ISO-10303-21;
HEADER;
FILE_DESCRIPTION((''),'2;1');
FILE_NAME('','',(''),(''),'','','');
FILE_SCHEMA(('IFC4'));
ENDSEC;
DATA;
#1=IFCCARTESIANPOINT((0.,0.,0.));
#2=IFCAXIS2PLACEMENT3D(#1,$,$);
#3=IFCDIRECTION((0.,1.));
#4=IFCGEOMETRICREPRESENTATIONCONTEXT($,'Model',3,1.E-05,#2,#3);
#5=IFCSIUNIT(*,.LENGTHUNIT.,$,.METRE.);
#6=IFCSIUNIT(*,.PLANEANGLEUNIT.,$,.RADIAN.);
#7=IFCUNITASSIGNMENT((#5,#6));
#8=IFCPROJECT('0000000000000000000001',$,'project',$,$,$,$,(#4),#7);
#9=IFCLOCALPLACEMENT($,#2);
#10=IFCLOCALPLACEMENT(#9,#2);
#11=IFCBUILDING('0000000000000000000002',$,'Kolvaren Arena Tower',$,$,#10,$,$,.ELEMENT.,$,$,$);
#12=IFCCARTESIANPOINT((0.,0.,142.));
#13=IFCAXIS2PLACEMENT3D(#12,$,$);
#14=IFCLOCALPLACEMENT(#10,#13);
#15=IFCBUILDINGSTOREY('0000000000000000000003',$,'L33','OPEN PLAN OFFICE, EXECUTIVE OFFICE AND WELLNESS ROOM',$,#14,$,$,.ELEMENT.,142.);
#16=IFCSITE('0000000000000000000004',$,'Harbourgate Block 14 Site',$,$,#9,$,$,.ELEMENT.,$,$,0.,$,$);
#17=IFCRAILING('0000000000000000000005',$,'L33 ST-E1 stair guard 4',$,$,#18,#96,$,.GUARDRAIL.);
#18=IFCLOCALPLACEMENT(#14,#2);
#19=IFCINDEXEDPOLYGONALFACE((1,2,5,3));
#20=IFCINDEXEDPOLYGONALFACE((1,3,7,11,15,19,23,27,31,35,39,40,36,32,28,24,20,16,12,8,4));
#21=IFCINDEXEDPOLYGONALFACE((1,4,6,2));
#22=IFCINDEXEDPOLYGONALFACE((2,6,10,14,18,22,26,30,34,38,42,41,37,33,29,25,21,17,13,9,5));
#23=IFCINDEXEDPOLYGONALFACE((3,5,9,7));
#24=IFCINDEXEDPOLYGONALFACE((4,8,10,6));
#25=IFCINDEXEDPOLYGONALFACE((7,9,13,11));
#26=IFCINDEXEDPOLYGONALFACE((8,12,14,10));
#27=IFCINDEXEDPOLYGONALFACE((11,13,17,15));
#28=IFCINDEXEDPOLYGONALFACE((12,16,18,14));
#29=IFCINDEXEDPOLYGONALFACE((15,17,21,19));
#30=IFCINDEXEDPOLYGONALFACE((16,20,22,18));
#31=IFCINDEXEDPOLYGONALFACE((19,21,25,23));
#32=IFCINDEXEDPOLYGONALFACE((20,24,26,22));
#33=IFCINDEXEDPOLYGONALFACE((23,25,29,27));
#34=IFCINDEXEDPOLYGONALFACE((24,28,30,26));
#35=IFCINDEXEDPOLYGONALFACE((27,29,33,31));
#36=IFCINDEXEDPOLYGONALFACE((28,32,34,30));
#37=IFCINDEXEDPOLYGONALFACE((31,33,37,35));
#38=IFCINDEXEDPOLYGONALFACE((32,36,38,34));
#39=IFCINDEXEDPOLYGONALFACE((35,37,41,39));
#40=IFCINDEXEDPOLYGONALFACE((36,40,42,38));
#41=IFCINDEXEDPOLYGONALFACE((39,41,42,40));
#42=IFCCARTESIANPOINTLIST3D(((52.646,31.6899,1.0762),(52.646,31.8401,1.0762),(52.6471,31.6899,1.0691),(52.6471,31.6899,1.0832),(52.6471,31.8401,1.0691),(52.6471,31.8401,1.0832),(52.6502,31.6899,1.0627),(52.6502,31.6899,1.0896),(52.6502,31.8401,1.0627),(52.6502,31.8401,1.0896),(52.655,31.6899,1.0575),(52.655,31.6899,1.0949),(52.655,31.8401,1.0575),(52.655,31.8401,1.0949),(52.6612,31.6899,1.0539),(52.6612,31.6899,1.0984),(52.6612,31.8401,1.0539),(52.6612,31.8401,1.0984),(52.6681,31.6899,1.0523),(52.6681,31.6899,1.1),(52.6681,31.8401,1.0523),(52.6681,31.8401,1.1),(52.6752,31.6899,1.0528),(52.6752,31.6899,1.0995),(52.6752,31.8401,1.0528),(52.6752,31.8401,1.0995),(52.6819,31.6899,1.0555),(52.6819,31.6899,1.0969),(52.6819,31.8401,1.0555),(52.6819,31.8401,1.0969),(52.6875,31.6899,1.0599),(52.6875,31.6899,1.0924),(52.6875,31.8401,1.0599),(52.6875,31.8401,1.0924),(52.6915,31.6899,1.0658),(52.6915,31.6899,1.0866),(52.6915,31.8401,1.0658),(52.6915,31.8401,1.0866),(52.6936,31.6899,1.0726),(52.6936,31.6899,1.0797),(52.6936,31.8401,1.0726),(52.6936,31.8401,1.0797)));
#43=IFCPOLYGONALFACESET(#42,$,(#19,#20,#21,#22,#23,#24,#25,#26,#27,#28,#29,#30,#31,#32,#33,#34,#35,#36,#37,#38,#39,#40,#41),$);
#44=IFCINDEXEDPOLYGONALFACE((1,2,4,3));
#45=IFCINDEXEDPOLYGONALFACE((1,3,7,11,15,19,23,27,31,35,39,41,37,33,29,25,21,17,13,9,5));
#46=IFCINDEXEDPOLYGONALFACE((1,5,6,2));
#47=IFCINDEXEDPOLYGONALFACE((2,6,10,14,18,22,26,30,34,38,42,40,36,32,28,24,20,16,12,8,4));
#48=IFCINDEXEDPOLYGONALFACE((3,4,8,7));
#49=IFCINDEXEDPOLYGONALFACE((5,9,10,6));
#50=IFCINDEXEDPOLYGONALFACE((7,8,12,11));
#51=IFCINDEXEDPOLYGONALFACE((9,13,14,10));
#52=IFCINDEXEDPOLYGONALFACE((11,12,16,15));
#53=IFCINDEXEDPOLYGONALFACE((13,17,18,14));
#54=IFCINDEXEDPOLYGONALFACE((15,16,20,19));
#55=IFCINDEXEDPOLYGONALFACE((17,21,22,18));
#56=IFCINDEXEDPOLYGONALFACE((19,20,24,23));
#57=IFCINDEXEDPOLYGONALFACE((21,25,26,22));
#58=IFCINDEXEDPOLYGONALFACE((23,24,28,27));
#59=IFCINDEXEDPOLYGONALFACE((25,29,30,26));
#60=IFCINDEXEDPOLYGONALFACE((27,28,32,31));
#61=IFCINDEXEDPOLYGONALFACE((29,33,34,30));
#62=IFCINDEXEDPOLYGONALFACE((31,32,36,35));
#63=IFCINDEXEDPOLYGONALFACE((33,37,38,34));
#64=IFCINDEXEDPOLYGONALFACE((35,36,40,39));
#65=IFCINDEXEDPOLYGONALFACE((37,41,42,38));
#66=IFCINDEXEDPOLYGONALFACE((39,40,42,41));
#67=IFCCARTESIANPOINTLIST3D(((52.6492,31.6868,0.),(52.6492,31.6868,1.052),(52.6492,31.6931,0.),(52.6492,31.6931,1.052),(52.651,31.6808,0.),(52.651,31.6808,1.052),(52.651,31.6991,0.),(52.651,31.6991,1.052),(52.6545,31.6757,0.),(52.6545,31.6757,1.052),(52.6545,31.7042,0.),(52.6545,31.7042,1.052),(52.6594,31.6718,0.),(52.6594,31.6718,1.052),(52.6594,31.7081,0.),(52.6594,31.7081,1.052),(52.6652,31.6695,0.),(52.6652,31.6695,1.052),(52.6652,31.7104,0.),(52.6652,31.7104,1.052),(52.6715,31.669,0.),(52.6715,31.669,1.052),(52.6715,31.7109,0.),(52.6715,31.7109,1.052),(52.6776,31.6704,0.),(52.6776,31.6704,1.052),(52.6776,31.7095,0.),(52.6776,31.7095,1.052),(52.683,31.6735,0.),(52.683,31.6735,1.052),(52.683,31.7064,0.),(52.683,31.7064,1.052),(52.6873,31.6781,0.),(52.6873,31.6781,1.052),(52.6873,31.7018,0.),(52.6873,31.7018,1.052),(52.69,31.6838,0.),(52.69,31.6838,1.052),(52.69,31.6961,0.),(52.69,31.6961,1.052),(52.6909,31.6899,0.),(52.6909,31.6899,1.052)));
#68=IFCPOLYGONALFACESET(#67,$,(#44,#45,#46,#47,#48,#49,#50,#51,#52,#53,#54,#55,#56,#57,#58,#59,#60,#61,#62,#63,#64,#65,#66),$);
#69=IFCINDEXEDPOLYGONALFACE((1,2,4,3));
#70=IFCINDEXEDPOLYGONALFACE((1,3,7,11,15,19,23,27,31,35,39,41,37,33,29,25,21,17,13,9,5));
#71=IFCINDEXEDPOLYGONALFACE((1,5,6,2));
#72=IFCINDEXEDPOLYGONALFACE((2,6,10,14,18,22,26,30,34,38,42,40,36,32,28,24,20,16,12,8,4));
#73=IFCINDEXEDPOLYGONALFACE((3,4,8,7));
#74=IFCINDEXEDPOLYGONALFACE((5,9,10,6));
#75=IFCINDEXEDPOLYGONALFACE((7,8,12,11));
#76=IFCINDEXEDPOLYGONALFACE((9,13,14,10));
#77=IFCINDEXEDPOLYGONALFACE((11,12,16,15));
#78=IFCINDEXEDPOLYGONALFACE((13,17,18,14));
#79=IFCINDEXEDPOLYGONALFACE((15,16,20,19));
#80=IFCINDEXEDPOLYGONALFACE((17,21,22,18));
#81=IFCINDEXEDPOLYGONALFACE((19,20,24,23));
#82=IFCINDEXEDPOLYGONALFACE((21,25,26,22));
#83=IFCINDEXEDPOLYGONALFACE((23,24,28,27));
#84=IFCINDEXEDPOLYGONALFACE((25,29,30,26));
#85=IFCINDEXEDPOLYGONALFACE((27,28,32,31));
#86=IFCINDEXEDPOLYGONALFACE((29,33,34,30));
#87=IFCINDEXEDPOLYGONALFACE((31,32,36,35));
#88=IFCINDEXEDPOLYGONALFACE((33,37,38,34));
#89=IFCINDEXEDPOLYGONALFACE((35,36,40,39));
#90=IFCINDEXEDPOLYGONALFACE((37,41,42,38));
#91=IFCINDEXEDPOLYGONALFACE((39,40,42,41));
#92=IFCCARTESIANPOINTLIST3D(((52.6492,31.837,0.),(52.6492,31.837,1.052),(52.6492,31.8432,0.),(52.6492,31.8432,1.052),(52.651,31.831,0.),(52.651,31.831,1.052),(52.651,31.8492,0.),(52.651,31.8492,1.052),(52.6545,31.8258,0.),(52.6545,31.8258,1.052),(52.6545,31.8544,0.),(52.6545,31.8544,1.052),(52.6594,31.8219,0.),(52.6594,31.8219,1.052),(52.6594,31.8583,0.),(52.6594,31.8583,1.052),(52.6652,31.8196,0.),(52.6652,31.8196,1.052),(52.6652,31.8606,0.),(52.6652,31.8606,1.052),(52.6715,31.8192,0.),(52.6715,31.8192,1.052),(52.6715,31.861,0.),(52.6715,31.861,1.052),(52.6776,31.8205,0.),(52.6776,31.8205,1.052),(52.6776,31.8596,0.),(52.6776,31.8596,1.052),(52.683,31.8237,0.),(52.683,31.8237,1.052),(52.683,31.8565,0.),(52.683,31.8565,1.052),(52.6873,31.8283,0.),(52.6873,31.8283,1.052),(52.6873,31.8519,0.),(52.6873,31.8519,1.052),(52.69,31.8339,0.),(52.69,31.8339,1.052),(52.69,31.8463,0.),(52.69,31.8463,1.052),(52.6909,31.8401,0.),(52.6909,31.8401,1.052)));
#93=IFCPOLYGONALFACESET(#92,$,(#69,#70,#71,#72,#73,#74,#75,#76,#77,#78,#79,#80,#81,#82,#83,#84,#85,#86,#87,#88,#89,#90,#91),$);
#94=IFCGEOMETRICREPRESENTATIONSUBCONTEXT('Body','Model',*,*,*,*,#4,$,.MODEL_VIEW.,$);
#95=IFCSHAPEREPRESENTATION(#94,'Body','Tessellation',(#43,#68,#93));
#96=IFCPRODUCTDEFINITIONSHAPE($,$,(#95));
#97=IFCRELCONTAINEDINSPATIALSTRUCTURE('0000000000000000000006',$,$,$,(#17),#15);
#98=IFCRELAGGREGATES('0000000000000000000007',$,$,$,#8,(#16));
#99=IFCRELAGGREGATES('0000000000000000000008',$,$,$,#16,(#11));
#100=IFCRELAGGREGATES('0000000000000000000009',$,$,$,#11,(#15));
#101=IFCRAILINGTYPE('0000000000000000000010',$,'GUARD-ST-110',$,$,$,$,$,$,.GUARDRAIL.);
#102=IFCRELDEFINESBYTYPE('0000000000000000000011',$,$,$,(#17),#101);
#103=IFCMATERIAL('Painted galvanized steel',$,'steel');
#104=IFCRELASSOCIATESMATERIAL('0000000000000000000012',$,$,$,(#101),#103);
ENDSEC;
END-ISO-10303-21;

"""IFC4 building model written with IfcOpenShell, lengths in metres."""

from ifc_helpers import new_model, si_unit, direction, frame, origin, origin_2d, place, context, subcontext, project, spatial, circle, extrude, material, type_object, element, save


model = new_model("IFC4")

# Units and contexts
model_context = context("Model", 3, precision=1e-05, world=origin(), true_north=direction((0.0, 1.0)))
body_context = subcontext(model_context, "Body", "Model", "MODEL_VIEW")
ifc_project = project(units=[si_unit("LENGTHUNIT", "METRE"), si_unit("PLANEANGLEUNIT", "RADIAN")], contexts=[model_context])

# Site, building, storey
site_placement = place(None, origin())
site = spatial("IfcSite", under=ifc_project, at=site_placement, Name="Harbourgate Block 14 Site", CompositionType="ELEMENT", RefElevation=0.0)
building_placement = place(site_placement, origin())
building = spatial("IfcBuilding", under=site, at=building_placement, Name="Kolvaren Arena Tower", CompositionType="ELEMENT")
storey_placement = place(building_placement, frame((0.0, 0.0, 142.0)))
storey = spatial("IfcBuildingStorey", under=building, at=storey_placement, Name="L33", Description="OPEN PLAN OFFICE, EXECUTIVE OFFICE AND WELLNESS ROOM", CompositionType="ELEMENT", Elevation=142.0)

# Railing
ifc_material_1 = material(Name="Painted galvanized steel", Category="steel")
railing_type_1 = type_object("IfcRailingType", Name="GUARD-ST-110", PredefinedType="GUARDRAIL", material=ifc_material_1)
railing_1_placement = place(storey_placement, frame((52.6699, 31.6899, 0.0)))
element("IfcRailing", 1, at=railing_1_placement, inside=storey, type_object=railing_type_1, Name="L33 ST-E1 stair guard 4", PredefinedType="GUARDRAIL", context=body_context, shape_type="SweptSolid", body=[
    extrude(circle(Radius=0.0239, at=origin_2d()), frame((0.0, 0.0, 1.0762), z_axis=(0.0, 1.0, 0.0), x_axis=(-1.0, 0.0, 0.0)), (0.0, 0.0, 1.0), 0.1501),
    extrude(circle(Radius=0.021, at=origin_2d()), origin(), (0.0, 0.0, 1.0), 1.052),
    extrude(circle(Radius=0.021, at=origin_2d()), frame((0.0, 0.1501, 0.0)), (0.0, 0.0, 1.0), 1.052),
])

save(model, "model.ifc")
